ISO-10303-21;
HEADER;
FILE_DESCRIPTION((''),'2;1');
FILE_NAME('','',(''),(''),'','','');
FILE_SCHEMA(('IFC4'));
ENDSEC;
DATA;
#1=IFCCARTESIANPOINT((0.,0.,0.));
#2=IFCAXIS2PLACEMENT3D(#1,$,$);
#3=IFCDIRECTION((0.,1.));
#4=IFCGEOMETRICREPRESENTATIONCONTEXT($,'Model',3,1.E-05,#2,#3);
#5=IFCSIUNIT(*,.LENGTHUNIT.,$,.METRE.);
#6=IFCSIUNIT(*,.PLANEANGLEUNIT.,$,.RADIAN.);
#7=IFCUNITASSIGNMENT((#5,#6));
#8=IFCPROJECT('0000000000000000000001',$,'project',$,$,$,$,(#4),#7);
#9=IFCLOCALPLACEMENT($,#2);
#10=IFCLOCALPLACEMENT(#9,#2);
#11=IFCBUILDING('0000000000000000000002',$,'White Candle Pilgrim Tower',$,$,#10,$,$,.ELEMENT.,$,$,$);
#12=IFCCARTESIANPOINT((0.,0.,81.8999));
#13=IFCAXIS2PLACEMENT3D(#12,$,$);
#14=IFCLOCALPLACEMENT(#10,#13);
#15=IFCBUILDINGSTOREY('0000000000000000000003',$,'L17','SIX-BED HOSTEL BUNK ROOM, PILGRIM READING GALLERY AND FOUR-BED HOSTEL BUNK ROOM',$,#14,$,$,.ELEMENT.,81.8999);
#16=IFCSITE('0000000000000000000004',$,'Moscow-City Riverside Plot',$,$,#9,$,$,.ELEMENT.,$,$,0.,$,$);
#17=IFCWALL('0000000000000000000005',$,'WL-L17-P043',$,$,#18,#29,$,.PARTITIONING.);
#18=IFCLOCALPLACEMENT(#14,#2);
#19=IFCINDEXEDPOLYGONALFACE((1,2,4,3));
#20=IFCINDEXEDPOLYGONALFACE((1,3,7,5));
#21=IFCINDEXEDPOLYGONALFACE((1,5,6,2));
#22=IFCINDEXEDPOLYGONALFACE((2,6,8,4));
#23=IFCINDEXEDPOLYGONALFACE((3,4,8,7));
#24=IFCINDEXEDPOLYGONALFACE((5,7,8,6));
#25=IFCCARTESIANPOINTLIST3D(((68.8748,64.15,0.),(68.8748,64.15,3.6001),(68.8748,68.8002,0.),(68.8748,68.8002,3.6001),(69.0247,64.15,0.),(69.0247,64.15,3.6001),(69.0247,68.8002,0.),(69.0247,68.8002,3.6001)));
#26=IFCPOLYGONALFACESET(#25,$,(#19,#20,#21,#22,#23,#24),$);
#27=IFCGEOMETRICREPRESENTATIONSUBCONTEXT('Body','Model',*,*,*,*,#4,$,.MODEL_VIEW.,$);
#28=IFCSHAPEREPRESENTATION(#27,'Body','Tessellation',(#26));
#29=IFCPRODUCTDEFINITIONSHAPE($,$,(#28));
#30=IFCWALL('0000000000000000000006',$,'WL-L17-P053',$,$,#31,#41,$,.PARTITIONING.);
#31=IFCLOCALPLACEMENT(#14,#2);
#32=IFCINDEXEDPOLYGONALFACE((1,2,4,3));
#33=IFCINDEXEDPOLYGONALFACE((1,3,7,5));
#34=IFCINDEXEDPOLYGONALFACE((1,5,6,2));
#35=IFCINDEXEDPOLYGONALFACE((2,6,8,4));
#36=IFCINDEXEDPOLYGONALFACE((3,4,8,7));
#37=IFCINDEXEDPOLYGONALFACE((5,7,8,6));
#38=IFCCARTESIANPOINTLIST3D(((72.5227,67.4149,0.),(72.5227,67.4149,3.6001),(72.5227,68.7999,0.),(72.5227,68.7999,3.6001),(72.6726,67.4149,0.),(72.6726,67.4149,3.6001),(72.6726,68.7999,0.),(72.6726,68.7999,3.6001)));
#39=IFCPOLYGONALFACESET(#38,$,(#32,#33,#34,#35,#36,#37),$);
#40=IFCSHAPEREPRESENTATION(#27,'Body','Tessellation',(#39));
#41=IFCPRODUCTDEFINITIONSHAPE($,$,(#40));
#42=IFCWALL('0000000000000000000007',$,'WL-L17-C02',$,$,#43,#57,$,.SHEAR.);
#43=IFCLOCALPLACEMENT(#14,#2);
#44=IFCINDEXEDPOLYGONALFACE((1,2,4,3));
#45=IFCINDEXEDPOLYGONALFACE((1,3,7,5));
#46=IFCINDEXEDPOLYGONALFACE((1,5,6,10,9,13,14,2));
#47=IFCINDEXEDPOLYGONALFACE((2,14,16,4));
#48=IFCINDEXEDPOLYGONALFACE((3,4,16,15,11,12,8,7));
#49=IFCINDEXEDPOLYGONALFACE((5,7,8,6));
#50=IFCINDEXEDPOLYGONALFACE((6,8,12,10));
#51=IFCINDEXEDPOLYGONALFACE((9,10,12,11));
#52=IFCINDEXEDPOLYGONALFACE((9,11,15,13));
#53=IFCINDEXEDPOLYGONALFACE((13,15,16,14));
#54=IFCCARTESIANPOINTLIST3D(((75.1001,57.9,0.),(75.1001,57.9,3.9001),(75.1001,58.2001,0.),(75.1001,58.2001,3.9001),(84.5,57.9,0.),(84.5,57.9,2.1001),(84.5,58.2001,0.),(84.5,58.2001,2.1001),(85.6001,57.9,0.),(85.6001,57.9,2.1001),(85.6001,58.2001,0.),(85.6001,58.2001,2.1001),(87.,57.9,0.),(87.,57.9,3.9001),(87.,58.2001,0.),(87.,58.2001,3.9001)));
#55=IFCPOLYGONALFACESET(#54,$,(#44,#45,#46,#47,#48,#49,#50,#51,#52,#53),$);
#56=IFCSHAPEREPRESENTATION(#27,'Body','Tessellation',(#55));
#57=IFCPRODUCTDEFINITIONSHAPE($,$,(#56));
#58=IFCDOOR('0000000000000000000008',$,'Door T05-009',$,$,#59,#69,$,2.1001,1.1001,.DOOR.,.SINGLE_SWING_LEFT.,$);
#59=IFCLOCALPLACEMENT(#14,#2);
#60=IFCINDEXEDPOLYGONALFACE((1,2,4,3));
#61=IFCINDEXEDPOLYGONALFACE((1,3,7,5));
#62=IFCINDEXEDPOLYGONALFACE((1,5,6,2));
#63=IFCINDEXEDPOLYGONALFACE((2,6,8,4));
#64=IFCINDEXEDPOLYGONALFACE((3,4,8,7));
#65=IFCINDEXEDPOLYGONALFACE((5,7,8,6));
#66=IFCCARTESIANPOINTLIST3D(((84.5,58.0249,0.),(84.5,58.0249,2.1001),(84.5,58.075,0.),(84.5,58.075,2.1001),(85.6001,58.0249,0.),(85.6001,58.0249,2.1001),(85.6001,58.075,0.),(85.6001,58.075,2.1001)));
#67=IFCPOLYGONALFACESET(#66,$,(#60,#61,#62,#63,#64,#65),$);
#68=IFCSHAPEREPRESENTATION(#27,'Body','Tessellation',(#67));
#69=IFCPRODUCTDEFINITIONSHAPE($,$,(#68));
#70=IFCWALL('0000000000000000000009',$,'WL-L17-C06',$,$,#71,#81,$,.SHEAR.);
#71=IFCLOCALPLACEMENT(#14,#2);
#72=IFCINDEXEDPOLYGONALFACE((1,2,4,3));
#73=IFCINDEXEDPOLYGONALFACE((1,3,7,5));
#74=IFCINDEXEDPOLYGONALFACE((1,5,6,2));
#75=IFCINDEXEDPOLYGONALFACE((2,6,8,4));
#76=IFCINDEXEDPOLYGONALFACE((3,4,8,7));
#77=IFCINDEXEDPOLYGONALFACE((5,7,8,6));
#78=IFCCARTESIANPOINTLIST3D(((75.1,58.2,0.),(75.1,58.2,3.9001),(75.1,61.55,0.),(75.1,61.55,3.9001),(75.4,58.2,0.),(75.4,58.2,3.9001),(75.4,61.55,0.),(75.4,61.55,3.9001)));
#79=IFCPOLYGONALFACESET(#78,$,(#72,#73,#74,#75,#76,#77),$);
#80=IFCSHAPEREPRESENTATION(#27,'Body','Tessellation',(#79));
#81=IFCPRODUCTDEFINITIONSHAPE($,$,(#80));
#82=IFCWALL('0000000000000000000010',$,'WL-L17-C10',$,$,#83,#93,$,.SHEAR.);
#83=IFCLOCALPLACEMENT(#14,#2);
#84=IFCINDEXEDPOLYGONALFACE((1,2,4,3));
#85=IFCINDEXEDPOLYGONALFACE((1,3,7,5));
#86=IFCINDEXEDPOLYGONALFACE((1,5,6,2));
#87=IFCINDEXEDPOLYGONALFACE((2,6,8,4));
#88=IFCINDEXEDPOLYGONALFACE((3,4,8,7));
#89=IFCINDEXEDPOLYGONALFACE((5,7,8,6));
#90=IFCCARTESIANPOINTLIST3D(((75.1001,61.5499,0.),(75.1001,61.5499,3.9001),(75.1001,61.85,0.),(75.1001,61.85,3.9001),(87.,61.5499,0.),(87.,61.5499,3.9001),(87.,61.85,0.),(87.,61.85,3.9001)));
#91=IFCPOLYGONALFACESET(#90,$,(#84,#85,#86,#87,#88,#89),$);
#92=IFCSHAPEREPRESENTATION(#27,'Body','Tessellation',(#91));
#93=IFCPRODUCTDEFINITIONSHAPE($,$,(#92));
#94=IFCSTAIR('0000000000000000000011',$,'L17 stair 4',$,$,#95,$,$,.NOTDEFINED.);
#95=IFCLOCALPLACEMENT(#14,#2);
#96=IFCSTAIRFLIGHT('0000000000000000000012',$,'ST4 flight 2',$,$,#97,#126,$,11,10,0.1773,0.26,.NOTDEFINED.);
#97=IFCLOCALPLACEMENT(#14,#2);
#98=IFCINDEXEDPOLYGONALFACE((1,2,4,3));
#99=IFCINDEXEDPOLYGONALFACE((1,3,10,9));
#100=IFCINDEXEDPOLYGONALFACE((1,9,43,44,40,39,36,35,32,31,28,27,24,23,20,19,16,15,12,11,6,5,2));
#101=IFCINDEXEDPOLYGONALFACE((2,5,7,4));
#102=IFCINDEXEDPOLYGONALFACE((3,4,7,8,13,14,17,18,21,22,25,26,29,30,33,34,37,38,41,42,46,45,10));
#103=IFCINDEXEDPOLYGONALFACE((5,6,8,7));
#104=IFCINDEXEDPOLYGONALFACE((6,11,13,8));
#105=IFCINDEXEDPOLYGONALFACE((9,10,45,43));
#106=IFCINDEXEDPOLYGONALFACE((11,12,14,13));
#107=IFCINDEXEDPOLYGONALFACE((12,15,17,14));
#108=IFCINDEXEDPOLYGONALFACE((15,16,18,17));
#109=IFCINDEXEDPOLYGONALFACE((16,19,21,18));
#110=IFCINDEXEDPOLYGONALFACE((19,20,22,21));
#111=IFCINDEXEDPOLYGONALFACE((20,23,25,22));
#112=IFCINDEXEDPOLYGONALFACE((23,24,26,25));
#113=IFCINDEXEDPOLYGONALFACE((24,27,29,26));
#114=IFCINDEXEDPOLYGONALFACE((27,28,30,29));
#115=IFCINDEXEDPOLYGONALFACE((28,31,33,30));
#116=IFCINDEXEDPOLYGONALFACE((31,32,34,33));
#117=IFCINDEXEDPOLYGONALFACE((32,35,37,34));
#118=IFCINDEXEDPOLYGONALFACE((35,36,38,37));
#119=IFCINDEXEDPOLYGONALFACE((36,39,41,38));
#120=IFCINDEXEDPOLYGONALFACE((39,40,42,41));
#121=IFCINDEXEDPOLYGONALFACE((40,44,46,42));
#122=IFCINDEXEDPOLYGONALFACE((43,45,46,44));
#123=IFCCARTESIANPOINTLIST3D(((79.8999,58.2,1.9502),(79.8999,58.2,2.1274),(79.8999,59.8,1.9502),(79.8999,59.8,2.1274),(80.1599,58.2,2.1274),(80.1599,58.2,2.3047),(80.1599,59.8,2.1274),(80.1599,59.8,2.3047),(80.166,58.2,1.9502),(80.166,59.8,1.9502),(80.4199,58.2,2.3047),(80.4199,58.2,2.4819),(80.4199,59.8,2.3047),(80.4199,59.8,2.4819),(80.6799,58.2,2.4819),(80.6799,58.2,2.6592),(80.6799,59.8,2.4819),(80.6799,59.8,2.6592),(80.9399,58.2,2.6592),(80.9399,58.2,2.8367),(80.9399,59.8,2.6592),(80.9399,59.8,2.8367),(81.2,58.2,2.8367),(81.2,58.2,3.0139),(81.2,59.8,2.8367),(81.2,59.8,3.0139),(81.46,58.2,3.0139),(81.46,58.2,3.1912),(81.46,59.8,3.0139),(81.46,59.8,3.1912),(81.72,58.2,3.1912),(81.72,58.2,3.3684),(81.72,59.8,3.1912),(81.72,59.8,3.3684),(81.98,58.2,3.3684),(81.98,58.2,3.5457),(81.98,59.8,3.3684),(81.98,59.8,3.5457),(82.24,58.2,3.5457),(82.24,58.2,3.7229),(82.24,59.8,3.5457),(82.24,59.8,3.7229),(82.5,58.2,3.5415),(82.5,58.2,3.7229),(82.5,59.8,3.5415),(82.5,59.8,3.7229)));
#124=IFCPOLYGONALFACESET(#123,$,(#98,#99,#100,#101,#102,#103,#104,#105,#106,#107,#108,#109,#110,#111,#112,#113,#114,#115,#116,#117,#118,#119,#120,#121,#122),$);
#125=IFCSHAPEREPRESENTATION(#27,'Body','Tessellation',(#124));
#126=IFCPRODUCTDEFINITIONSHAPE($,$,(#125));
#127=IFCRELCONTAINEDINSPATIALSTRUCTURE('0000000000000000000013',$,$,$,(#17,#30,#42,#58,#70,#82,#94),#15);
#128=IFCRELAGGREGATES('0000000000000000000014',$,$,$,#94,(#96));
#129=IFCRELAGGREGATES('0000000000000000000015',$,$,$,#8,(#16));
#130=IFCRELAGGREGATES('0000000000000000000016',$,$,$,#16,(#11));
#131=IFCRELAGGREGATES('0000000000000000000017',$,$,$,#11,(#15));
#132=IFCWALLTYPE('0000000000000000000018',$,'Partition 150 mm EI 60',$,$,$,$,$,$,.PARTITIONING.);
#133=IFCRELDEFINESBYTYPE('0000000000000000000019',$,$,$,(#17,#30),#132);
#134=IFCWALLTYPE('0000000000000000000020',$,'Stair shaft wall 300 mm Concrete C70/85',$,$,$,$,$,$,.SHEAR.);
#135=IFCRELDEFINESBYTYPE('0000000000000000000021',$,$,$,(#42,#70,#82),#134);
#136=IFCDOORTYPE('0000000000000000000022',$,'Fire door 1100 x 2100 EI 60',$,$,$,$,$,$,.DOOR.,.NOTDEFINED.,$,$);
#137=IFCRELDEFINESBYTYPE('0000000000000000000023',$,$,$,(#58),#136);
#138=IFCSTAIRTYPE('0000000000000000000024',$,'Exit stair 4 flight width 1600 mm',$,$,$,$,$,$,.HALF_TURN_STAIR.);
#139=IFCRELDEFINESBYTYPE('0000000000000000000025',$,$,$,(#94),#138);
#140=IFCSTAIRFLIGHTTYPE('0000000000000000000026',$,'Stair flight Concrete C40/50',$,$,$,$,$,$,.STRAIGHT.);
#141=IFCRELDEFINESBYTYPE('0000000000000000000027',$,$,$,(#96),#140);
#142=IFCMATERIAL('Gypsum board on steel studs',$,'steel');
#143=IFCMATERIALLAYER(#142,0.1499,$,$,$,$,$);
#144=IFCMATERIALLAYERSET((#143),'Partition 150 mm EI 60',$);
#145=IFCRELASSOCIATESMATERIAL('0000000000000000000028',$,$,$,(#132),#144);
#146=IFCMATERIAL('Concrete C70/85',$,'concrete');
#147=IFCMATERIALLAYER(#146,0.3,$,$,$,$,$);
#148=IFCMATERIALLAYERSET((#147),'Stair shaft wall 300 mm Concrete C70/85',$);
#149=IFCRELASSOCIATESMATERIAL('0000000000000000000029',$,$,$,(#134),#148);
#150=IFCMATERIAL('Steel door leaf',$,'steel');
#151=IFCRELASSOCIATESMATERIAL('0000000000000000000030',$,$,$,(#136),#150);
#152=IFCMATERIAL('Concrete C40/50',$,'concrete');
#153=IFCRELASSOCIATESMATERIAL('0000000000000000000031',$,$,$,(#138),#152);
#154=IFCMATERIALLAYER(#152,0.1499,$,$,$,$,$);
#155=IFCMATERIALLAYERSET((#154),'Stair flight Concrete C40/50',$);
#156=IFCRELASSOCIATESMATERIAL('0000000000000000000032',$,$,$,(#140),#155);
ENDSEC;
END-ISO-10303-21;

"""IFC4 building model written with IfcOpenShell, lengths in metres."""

from ifc_helpers import new_model, si_unit, direction, frame, frame_2d, origin, place, context, subcontext, project, spatial, polyline, rectangle, outline, extrude, material, layer, layer_set, type_object, element, fill, aggregate, save


model = new_model("IFC4")

# Units and contexts
model_context = context("Model", 3, precision=1e-05, world=origin(), true_north=direction((0.0, 1.0)))
body_context = subcontext(model_context, "Body", "Model", "MODEL_VIEW")
ifc_project = project(units=[si_unit("LENGTHUNIT", "METRE"), si_unit("PLANEANGLEUNIT", "RADIAN")], contexts=[model_context])

# Site, building, storey
site_placement = place(None, origin())
site = spatial("IfcSite", under=ifc_project, at=site_placement, Name="Moscow-City Riverside Plot", CompositionType="ELEMENT", RefElevation=0.0)
building_placement = place(site_placement, origin())
building = spatial("IfcBuilding", under=site, at=building_placement, Name="White Candle Pilgrim Tower", CompositionType="ELEMENT")
storey_placement = place(building_placement, frame((0.0, 0.0, 81.8999)))
storey = spatial("IfcBuildingStorey", under=building, at=storey_placement, Name="L17", Description="SIX-BED HOSTEL BUNK ROOM, PILGRIM READING GALLERY AND FOUR-BED HOSTEL BUNK ROOM", CompositionType="ELEMENT", Elevation=81.8999)

# Shared definitions
ifc_material_1 = material(Name="Gypsum board on steel studs", Category="steel")
ifc_material_2 = material(Name="Steel door leaf", Category="steel")

# Walls
ifc_layer_1 = layer(ifc_material_1, 0.1499)
ifc_layer_set_1 = layer_set([ifc_layer_1], Name="Partition 150 mm EI 60")
wall_type_1 = type_object("IfcWallType", Name="Partition 150 mm EI 60", PredefinedType="PARTITIONING", material=ifc_layer_set_1)
wall_1_placement = place(storey_placement, frame((68.9497, 64.1499, 0.0), z_axis=(0.0, 0.0, 1.0), x_axis=(0.0, 1.0, 0.0)))
element("IfcWall", 1, at=wall_1_placement, inside=storey, type_object=wall_type_1, Name="WL-L17-P043", PredefinedType="PARTITIONING", context=body_context, shape_type="SweptSolid", body=[
    extrude(rectangle(XDim=4.6501, YDim=0.1499, at=frame_2d((2.3252, 0.0))), origin(), (0.0, 0.0, 1.0), 3.6001),
])
wall_2_placement = place(storey_placement, frame((72.5977, 67.415, 0.0), z_axis=(0.0, 0.0, 1.0), x_axis=(0.0, 1.0, 0.0)))
element("IfcWall", 2, at=wall_2_placement, inside=storey, type_object=wall_type_1, Name="WL-L17-P053", PredefinedType="PARTITIONING", context=body_context, shape_type="SweptSolid", body=[
    extrude(rectangle(XDim=1.385, YDim=0.1499, at=frame_2d((0.6924, 0.0))), origin(), (0.0, 0.0, 1.0), 3.6001),
])

# Wall, opening, door
ifc_material_3 = material(Name="Concrete C70/85", Category="concrete")
ifc_layer_2 = layer(ifc_material_3, 0.3)
ifc_layer_set_2 = layer_set([ifc_layer_2], Name="Stair shaft wall 300 mm Concrete C70/85")
wall_type_2 = type_object("IfcWallType", Name="Stair shaft wall 300 mm Concrete C70/85", PredefinedType="SHEAR", material=ifc_layer_set_2)
wall_3_placement = place(storey_placement, frame((75.1001, 58.05, 0.0), z_axis=(0.0, 0.0, 1.0), x_axis=(1.0, 0.0, 0.0)))
wall_3 = element("IfcWall", 3, at=wall_3_placement, inside=storey, type_object=wall_type_2, Name="WL-L17-C02", PredefinedType="SHEAR", context=body_context, shape_type="SweptSolid", body=[
    extrude(rectangle(XDim=11.8999, YDim=0.3, at=frame_2d((5.95, 0.0))), origin(), (0.0, 0.0, 1.0), 3.9001),
])
opening_1_placement = place(wall_3_placement, frame((9.3999, 0.0, 0.0)))
opening_1 = element("IfcOpeningElement", 4, at=opening_1_placement, cuts=wall_3, PredefinedType="OPENING", context=body_context, shape_type="SweptSolid", body=[
    extrude(rectangle(XDim=1.1001, YDim=2.1001, at=frame_2d((0.55, 1.05))), frame((0.0, 0.1599, 0.0), z_axis=(0.0, -1.0, 0.0), x_axis=(1.0, 0.0, 0.0)), (0.0, 0.0, 1.0), 0.3201),
])
door_type_1 = type_object("IfcDoorType", Name="Fire door 1100 x 2100 EI 60", OperationType="NOTDEFINED", PredefinedType="DOOR", material=ifc_material_2)
door_1_placement = place(opening_1_placement, origin())
door_1 = element("IfcDoor", 5, at=door_1_placement, inside=storey, type_object=door_type_1, Name="Door T05-009", OperationType="SINGLE_SWING_LEFT", OverallHeight=2.1001, OverallWidth=1.1001, PredefinedType="DOOR", context=body_context, shape_type="SweptSolid", body=[
    extrude(rectangle(XDim=1.1001, YDim=2.1001, at=frame_2d((0.55, 1.05))), frame((0.0, 0.0249, 0.0), z_axis=(0.0, -1.0, 0.0), x_axis=(1.0, 0.0, 0.0)), (0.0, 0.0, 1.0), 0.05),
])
fill(opening_1, door_1)

# Walls
wall_4_placement = place(storey_placement, frame((75.25, 58.2, 0.0), z_axis=(0.0, 0.0, 1.0), x_axis=(0.0, 1.0, 0.0)))
element("IfcWall", 6, at=wall_4_placement, inside=storey, type_object=wall_type_2, Name="WL-L17-C06", PredefinedType="SHEAR", context=body_context, shape_type="SweptSolid", body=[
    extrude(rectangle(XDim=3.3501, YDim=0.3, at=frame_2d((1.675, 0.0))), origin(), (0.0, 0.0, 1.0), 3.9001),
])
wall_5_placement = place(storey_placement, frame((75.1001, 61.7, 0.0), z_axis=(0.0, 0.0, 1.0), x_axis=(1.0, 0.0, 0.0)))
element("IfcWall", 7, at=wall_5_placement, inside=storey, type_object=wall_type_2, Name="WL-L17-C10", PredefinedType="SHEAR", context=body_context, shape_type="SweptSolid", body=[
    extrude(rectangle(XDim=11.8999, YDim=0.3, at=frame_2d((5.95, 0.0))), origin(), (0.0, 0.0, 1.0), 3.9001),
])

# Stair, stair flight
ifc_material_4 = material(Name="Concrete C40/50", Category="concrete")
stair_type = type_object("IfcStairType", Name="Exit stair 4 flight width 1600 mm", PredefinedType="HALF_TURN_STAIR", material=ifc_material_4)
stair_placement = place(storey_placement, origin())
stair = element("IfcStair", 8, at=stair_placement, inside=storey, type_object=stair_type, Name="L17 stair 4", PredefinedType="NOTDEFINED")
ifc_layer_3 = layer(ifc_material_4, 0.1499)
ifc_layer_set_3 = layer_set([ifc_layer_3], Name="Stair flight Concrete C40/50")
stair_flight_type = type_object("IfcStairFlightType", Name="Stair flight Concrete C40/50", PredefinedType="STRAIGHT", material=ifc_layer_set_3)
stair_flight_placement = place(storey_placement, frame((79.8999, 59.0, 1.9502), z_axis=(0.0, 0.0, 1.0), x_axis=(1.0, 0.0, 0.0)))
stair_flight = element("IfcStairFlight", 9, at=stair_flight_placement, type_object=stair_flight_type, Name="ST4 flight 2", NumberOfRisers=11, NumberOfTreads=10, PredefinedType="NOTDEFINED", RiserHeight=0.1773, TreadLength=0.26, context=body_context, shape_type="SweptSolid", body=[
    extrude(outline(polyline([(0.0, 0.0), (0.0, 0.1772), (0.26, 0.1772), (0.26, 0.3545), (0.52, 0.3545), (0.52, 0.5317), (0.78, 0.5317), (0.78, 0.709), (1.04, 0.709), (1.04, 0.8865), (1.3, 0.8865), (1.3, 1.0637), (1.5601, 1.0637), (1.5601, 1.241), (1.8201, 1.241), (1.8201, 1.4182), (2.0801, 1.4182), (2.0801, 1.5955), (2.3401, 1.5955), (2.3401, 1.7727), (2.6001, 1.7727), (2.6001, 1.95), (2.6001, 1.5913), (0.2661, 0.0), (0.0, 0.0)])), frame((0.0, 0.8, 0.0), z_axis=(0.0, -1.0, 0.0), x_axis=(1.0, 0.0, 0.0)), (0.0, 0.0, 1.0), 1.6001),
])
aggregate(stair, [stair_flight])

save(model, "model.ifc")
